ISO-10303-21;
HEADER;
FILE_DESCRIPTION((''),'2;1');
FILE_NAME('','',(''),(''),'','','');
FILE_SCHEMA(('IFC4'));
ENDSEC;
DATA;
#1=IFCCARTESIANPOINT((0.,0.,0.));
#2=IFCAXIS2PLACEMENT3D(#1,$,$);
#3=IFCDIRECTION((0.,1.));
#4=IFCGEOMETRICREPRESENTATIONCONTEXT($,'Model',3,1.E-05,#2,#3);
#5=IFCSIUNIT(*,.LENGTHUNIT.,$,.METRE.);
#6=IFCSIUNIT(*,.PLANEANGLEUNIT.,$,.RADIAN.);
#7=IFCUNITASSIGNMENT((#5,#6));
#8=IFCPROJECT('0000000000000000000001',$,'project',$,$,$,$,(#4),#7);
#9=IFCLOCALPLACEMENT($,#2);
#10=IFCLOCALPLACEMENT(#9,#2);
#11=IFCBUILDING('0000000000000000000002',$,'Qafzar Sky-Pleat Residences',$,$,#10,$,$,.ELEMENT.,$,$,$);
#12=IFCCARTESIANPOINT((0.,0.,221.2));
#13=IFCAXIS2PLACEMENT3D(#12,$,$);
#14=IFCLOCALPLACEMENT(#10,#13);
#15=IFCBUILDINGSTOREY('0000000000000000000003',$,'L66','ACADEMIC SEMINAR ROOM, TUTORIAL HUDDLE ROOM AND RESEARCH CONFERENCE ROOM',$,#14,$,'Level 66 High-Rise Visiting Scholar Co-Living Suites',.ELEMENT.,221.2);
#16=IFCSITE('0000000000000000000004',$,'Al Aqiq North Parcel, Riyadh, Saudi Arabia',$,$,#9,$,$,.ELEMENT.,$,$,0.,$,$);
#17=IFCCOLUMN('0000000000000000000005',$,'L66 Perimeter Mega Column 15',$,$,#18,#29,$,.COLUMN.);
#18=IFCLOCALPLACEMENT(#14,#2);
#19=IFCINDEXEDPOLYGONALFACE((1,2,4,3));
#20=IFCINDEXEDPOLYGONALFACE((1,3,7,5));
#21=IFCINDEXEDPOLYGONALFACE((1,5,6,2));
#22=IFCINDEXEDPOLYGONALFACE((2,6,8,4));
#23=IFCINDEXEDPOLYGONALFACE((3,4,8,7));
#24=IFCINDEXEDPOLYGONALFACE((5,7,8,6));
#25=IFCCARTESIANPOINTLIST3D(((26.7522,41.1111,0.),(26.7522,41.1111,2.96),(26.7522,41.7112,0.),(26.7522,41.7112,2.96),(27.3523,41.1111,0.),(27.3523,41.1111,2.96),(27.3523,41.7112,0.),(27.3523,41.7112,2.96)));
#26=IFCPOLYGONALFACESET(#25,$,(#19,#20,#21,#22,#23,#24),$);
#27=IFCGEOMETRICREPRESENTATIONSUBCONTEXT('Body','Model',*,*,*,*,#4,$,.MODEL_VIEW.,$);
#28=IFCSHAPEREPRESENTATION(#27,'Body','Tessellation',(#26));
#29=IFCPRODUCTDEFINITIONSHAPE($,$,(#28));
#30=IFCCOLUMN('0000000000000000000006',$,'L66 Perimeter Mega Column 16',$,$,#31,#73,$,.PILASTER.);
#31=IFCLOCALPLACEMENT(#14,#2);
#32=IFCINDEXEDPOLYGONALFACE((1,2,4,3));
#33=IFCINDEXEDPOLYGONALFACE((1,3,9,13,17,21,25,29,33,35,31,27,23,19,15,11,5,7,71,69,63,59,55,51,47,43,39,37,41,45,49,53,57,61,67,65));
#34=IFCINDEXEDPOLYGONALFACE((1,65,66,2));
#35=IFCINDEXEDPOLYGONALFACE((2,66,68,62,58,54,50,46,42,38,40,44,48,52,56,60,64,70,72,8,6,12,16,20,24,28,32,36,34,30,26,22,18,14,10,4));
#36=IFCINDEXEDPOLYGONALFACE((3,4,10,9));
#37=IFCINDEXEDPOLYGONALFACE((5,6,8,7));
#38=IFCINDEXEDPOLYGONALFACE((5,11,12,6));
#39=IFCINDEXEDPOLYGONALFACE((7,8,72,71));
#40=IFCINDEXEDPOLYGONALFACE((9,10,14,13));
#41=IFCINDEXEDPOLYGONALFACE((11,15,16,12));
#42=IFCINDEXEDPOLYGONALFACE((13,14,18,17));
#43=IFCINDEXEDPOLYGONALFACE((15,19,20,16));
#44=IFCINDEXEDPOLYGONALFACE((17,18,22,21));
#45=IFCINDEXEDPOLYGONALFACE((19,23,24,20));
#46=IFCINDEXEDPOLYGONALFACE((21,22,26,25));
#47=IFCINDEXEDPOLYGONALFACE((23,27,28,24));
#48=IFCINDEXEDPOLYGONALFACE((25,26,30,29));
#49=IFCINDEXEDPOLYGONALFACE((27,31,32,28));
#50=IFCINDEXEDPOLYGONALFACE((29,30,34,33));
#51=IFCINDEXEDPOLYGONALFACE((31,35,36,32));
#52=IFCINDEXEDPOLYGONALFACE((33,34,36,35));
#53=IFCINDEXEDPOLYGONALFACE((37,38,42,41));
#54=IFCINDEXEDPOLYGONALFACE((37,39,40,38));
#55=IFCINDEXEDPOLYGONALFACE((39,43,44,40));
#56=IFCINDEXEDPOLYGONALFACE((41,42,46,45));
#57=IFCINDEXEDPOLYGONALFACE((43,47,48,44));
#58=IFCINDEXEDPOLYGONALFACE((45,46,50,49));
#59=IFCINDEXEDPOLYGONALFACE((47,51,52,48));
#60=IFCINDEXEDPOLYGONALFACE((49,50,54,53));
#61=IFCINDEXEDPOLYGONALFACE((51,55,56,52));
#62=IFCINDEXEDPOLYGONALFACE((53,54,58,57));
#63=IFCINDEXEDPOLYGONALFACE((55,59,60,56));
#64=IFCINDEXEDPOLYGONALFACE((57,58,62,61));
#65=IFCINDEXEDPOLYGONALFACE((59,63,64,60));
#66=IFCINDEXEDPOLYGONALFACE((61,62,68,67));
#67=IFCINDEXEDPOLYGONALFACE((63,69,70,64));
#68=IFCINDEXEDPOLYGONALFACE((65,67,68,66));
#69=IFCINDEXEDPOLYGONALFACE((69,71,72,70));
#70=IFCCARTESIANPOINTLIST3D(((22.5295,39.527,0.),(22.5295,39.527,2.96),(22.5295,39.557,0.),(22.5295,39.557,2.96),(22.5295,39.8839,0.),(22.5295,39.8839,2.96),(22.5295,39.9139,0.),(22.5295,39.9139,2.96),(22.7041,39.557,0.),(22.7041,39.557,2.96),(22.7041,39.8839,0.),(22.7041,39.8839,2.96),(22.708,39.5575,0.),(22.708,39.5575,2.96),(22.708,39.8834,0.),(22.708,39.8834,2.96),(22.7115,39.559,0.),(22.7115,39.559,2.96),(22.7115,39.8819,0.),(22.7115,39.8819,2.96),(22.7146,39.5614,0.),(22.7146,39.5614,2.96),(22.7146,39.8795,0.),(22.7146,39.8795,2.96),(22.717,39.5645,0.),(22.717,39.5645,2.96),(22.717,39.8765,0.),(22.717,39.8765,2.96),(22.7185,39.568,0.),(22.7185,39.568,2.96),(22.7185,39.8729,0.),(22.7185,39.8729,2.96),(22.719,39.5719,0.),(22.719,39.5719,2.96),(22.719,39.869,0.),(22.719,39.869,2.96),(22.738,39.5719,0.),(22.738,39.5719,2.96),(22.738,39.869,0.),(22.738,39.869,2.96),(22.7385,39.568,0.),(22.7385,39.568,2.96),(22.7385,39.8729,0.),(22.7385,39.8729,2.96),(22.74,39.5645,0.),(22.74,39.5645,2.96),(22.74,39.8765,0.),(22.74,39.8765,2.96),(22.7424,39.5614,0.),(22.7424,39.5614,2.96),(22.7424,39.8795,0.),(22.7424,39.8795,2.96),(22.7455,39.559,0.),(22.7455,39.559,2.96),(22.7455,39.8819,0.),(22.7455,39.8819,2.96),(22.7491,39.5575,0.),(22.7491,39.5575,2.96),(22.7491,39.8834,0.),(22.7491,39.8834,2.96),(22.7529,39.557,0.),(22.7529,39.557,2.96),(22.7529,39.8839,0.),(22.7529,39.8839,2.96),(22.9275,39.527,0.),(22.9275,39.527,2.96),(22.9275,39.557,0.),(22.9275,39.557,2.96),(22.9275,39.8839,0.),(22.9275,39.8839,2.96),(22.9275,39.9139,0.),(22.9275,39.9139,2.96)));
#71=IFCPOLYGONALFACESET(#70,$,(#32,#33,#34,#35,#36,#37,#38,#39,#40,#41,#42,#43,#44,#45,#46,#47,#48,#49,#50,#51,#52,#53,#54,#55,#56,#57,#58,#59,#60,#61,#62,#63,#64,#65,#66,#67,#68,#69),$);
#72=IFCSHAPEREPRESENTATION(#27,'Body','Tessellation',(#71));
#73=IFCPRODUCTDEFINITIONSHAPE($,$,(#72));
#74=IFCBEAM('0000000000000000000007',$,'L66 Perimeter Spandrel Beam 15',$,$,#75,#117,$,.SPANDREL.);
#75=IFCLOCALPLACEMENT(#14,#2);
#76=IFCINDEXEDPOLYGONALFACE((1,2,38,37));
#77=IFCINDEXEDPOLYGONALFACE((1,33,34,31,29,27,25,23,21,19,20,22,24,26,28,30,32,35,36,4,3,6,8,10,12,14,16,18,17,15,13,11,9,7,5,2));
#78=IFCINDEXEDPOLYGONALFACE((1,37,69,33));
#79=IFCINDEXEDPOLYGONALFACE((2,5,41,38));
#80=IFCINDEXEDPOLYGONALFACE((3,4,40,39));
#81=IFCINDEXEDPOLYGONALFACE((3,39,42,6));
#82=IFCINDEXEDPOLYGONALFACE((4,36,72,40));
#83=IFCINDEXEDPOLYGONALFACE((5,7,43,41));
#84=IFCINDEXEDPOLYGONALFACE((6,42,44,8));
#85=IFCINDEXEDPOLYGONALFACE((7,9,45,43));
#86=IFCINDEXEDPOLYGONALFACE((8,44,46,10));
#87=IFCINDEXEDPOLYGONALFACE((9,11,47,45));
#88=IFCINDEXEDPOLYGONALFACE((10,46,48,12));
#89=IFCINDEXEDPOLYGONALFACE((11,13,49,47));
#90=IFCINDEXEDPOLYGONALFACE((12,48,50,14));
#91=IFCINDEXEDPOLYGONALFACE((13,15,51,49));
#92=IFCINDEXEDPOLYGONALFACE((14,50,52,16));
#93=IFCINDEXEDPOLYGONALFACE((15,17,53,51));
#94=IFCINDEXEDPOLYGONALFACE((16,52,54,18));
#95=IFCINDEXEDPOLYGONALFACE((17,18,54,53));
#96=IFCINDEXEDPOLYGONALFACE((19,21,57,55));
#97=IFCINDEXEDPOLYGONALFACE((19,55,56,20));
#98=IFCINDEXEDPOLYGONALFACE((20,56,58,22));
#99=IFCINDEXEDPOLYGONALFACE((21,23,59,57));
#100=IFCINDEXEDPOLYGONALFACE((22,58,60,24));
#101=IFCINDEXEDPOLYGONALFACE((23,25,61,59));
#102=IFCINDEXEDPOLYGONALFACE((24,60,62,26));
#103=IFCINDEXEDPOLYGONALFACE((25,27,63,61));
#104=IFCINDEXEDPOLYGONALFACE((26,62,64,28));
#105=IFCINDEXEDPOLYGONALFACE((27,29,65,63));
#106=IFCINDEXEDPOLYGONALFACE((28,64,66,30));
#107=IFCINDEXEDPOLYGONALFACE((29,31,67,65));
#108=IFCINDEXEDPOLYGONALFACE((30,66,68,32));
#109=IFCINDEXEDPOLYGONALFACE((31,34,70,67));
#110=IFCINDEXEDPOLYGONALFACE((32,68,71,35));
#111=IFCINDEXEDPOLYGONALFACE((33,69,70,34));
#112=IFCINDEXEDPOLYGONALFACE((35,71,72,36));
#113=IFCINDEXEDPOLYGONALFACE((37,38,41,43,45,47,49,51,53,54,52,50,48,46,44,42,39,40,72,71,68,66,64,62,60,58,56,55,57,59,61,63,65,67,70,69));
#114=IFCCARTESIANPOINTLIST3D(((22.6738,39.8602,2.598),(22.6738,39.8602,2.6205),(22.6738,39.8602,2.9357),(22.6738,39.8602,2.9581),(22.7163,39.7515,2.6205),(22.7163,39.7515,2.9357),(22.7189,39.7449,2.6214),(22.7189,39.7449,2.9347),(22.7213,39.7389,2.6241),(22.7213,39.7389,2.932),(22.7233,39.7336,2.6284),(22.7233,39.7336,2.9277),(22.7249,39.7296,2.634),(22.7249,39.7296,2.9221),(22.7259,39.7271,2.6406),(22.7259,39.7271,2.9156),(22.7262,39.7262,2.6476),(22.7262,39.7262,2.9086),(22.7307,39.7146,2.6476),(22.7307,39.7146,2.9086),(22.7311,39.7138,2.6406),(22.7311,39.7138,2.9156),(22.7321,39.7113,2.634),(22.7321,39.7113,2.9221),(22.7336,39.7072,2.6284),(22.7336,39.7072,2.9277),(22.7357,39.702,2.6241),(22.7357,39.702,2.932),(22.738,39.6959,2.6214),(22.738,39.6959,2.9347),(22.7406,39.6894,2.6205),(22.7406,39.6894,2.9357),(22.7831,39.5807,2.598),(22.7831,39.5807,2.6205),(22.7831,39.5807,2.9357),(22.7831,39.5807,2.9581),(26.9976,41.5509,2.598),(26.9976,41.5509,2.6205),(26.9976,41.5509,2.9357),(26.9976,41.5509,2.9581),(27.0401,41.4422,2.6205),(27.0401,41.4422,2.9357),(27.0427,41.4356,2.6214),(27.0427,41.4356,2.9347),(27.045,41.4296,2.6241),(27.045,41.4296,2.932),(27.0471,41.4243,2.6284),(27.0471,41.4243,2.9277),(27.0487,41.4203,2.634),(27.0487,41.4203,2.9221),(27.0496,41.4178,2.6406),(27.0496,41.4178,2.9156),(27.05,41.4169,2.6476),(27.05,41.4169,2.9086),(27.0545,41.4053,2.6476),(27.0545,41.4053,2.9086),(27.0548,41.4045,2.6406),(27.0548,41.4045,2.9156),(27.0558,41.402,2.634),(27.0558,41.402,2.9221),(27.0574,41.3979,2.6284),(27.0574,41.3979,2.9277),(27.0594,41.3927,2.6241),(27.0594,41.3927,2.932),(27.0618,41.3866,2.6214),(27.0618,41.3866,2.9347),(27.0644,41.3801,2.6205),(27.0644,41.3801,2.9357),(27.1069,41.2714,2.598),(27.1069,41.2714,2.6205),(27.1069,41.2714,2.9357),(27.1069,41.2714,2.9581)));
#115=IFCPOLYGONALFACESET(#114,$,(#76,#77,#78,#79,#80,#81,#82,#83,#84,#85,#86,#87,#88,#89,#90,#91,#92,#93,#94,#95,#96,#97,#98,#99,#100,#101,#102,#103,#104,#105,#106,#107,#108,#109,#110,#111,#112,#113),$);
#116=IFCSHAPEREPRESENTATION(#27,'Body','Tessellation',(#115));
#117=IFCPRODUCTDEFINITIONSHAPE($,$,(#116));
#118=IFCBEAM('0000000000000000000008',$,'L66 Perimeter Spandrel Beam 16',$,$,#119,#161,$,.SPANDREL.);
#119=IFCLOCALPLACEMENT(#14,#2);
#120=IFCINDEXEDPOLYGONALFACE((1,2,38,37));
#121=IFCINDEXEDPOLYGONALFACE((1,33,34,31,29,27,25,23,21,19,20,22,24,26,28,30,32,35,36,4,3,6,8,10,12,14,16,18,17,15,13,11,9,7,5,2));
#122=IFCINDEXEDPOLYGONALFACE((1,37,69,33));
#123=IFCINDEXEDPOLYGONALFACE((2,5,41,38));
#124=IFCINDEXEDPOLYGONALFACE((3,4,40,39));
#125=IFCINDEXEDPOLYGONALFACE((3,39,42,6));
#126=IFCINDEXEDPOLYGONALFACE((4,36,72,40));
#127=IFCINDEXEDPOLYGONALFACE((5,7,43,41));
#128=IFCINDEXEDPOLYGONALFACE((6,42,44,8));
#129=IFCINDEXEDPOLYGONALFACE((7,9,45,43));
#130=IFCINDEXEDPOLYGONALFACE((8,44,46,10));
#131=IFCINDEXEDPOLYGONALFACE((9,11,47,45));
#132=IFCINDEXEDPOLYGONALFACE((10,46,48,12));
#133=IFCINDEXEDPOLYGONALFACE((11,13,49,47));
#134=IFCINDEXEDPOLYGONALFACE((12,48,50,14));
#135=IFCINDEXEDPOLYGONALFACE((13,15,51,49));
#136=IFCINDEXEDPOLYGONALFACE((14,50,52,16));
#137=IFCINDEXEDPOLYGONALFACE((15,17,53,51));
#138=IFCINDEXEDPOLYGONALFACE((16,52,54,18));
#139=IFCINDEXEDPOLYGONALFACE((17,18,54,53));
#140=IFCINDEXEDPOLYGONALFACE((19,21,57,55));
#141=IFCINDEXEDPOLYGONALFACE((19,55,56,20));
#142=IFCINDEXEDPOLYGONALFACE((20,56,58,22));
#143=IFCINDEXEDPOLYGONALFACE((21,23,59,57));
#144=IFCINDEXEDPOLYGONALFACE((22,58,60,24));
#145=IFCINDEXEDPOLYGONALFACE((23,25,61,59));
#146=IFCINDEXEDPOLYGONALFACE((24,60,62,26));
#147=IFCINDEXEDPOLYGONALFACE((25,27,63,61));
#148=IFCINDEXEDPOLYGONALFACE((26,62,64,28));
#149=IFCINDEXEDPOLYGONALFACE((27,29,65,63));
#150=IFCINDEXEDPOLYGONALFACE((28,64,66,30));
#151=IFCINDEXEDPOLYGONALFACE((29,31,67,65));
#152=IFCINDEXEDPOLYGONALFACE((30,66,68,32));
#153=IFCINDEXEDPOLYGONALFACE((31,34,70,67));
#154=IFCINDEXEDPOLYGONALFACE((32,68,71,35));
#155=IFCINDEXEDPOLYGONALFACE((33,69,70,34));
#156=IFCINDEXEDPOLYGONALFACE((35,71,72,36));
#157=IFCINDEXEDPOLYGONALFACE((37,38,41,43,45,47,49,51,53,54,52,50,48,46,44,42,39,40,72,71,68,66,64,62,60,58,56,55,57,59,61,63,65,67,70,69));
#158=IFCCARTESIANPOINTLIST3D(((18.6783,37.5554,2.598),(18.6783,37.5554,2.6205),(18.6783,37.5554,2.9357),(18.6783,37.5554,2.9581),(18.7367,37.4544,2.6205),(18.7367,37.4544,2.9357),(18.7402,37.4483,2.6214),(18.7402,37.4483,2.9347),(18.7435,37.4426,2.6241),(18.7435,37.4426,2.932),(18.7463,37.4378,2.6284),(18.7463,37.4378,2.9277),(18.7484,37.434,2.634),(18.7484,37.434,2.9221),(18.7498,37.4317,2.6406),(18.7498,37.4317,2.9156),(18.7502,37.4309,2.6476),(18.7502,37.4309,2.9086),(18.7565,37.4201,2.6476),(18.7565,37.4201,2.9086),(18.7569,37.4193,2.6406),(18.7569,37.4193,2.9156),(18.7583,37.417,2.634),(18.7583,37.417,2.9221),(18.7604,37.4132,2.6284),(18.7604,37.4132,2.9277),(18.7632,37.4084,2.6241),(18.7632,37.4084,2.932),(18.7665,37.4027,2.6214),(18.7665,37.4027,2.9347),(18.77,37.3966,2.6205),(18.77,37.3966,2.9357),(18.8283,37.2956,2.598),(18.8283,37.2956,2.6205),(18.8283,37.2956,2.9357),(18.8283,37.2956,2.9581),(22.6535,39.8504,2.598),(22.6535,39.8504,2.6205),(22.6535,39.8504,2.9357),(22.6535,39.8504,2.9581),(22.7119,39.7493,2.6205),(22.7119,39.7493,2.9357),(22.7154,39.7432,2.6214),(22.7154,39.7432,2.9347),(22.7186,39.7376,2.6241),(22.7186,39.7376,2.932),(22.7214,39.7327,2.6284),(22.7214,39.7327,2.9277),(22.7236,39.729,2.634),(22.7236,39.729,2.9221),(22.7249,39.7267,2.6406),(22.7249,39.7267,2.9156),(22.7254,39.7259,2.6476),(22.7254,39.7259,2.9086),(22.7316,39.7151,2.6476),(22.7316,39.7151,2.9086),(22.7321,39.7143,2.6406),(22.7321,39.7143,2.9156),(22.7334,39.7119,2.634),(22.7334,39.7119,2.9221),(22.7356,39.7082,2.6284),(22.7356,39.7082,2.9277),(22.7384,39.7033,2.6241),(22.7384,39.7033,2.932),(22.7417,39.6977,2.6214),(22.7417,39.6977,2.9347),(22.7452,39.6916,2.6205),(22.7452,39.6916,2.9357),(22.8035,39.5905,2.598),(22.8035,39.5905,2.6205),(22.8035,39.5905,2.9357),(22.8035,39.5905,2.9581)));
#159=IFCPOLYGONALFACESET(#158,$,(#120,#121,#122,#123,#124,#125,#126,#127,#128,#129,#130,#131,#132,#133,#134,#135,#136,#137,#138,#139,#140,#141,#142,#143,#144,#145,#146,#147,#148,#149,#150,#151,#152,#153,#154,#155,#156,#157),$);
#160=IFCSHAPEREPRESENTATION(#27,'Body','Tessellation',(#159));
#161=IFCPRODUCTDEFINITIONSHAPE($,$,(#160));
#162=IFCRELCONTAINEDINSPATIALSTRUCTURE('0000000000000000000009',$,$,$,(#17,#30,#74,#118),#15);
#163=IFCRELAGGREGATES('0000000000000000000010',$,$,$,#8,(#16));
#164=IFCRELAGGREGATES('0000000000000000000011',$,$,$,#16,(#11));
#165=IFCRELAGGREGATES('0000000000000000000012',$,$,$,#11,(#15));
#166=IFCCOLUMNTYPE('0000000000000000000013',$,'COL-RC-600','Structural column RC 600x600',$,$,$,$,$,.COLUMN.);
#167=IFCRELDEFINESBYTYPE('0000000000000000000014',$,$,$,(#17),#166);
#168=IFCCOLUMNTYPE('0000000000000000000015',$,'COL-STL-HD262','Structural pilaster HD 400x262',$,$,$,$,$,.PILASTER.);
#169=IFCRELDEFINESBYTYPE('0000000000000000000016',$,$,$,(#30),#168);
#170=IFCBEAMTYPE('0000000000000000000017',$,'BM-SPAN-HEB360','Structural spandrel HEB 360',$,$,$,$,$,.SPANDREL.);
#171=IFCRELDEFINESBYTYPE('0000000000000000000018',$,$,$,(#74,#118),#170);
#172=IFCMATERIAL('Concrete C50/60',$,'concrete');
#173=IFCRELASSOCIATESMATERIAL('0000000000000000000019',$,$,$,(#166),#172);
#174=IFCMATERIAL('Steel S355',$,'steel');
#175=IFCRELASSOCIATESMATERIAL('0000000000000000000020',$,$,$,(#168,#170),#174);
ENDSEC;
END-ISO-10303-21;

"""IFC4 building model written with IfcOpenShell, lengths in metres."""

from ifc_helpers import new_model, si_unit, direction, frame, origin, origin_2d, place, context, subcontext, project, spatial, rectangle, i_section, extrude, source, transform, mapped, material, material_profile, profile_set, type_object, element, save


model = new_model("IFC4")

# Units and contexts
model_context = context("Model", 3, precision=1e-05, world=origin(), true_north=direction((0.0, 1.0)))
body_context = subcontext(model_context, "Body", "Model", "MODEL_VIEW")
ifc_project = project(units=[si_unit("LENGTHUNIT", "METRE"), si_unit("PLANEANGLEUNIT", "RADIAN")], contexts=[model_context])

# Site, building, storey
site_placement = place(None, origin())
site = spatial("IfcSite", under=ifc_project, at=site_placement, Name="Al Aqiq North Parcel, Riyadh, Saudi Arabia", CompositionType="ELEMENT", RefElevation=0.0)
building_placement = place(site_placement, origin())
building = spatial("IfcBuilding", under=site, at=building_placement, Name="Qafzar Sky-Pleat Residences", CompositionType="ELEMENT")
storey_placement = place(building_placement, frame((0.0, 0.0, 221.2)))
storey = spatial("IfcBuildingStorey", under=building, at=storey_placement, Name="L66", Description="ACADEMIC SEMINAR ROOM, TUTORIAL HUDDLE ROOM AND RESEARCH CONFERENCE ROOM", LongName="Level 66 High-Rise Visiting Scholar Co-Living Suites", CompositionType="ELEMENT", Elevation=221.2)

# Columns
ifc_material_1 = material(Name="Concrete C50/60", Category="concrete")
ifc_material_profile_1 = material_profile(ifc_material_1, rectangle(XDim=0.6001, YDim=0.6001, at=origin_2d()), Name="RC 600x600")
ifc_profile_set_1 = profile_set([ifc_material_profile_1], Name="Concrete C50/60")
column_type_1 = type_object("IfcColumnType", Name="COL-RC-600", Description="Structural column RC 600x600", PredefinedType="COLUMN", material=ifc_profile_set_1)
shared_shape_1 = source(origin(), body_context, "Body", "SweptSolid", [
    extrude(rectangle(XDim=0.6001, YDim=0.6001, at=origin_2d()), origin(), (0.0, 0.0, 1.0), 2.96),
])
column_1_placement = place(storey_placement, frame((27.0522, 41.4111, 0.0), z_axis=(0.0, 0.0, 1.0), x_axis=(1.0, 0.0, 0.0)))
element("IfcColumn", 1, at=column_1_placement, inside=storey, type_object=column_type_1, Name="L66 Perimeter Mega Column 15", PredefinedType="COLUMN", context=body_context, shape_type="MappedRepresentation", body=[
    mapped(shared_shape_1, transform((0.0, 0.0, 0.0), x_axis=(1.0, 0.0, 0.0), y_axis=(0.0, 1.0, 0.0), z_axis=(0.0, 0.0, 1.0), scale=1.0)),
])
ifc_material_2 = material(Name="Steel S355", Category="steel")
ifc_material_profile_2 = material_profile(ifc_material_2, i_section(OverallWidth=0.3979, OverallDepth=0.387, WebThickness=0.019, FlangeThickness=0.03, FilletRadius=0.0149, at=origin_2d()), Name="HD 400x262")
ifc_profile_set_2 = profile_set([ifc_material_profile_2], Name="Steel S355")
column_type_2 = type_object("IfcColumnType", Name="COL-STL-HD262", Description="Structural pilaster HD 400x262", PredefinedType="PILASTER", material=ifc_profile_set_2)
shared_shape_2 = source(origin(), body_context, "Body", "SweptSolid", [
    extrude(i_section(OverallWidth=0.3979, OverallDepth=0.387, WebThickness=0.019, FlangeThickness=0.03, FilletRadius=0.0149, at=origin_2d()), origin(), (0.0, 0.0, 1.0), 2.96),
])
column_2_placement = place(storey_placement, frame((22.7285, 39.7205, 0.0), z_axis=(0.0, 0.0, 1.0), x_axis=(1.0, 0.0, 0.0)))
element("IfcColumn", 2, at=column_2_placement, inside=storey, type_object=column_type_2, Name="L66 Perimeter Mega Column 16", PredefinedType="PILASTER", context=body_context, shape_type="MappedRepresentation", body=[
    mapped(shared_shape_2, transform((0.0, 0.0, 0.0), x_axis=(1.0, 0.0, 0.0), y_axis=(0.0, 1.0, 0.0), z_axis=(0.0, 0.0, 1.0), scale=1.0)),
])

# Beams
ifc_material_profile_3 = material_profile(ifc_material_2, i_section(OverallWidth=0.3, OverallDepth=0.3601, WebThickness=0.0125, FlangeThickness=0.0225, FilletRadius=0.0271, at=origin_2d()), Name="HEB 360")
ifc_profile_set_3 = profile_set([ifc_material_profile_3], Name="Steel S355")
beam_type_1 = type_object("IfcBeamType", Name="BM-SPAN-HEB360", Description="Structural spandrel HEB 360", PredefinedType="SPANDREL", material=ifc_profile_set_3)
shared_shape_3 = source(origin(), body_context, "Body", "SweptSolid", [
    extrude(i_section(OverallWidth=0.3, OverallDepth=0.3601, WebThickness=0.0125, FlangeThickness=0.0225, FilletRadius=0.0271, at=origin_2d()), origin(), (0.0, 0.0, 1.0), 4.6426),
])
beam_1_placement = place(storey_placement, frame((27.0522, 41.4111, 2.7781), z_axis=(-0.931332, -0.364171, 0.0), x_axis=(0.364171, -0.931332, 0.0)))
element("IfcBeam", 3, at=beam_1_placement, inside=storey, type_object=beam_type_1, Name="L66 Perimeter Spandrel Beam 15", PredefinedType="SPANDREL", context=body_context, shape_type="MappedRepresentation", body=[
    mapped(shared_shape_3, transform((0.0, 0.0, 0.0), x_axis=(1.0, 0.0, 0.0), y_axis=(0.0, 1.0, 0.0), z_axis=(0.0, 0.0, 1.0), scale=1.0)),
])
shared_shape_4 = source(origin(), body_context, "Body", "SweptSolid", [
    extrude(i_section(OverallWidth=0.3, OverallDepth=0.3601, WebThickness=0.0125, FlangeThickness=0.0225, FilletRadius=0.0271, at=origin_2d()), origin(), (0.0, 0.0, 1.0), 4.5901),
])
beam_2_placement = place(storey_placement, frame((22.7285, 39.7205, 2.7781), z_axis=(-0.866035, -0.499983, 0.0), x_axis=(0.499983, -0.866035, 0.0)))
element("IfcBeam", 4, at=beam_2_placement, inside=storey, type_object=beam_type_1, Name="L66 Perimeter Spandrel Beam 16", PredefinedType="SPANDREL", context=body_context, shape_type="MappedRepresentation", body=[
    mapped(shared_shape_4, transform((0.0, 0.0, 0.0), x_axis=(1.0, 0.0, 0.0), y_axis=(0.0, 1.0, 0.0), z_axis=(0.0, 0.0, 1.0), scale=1.0)),
])

save(model, "model.ifc")
